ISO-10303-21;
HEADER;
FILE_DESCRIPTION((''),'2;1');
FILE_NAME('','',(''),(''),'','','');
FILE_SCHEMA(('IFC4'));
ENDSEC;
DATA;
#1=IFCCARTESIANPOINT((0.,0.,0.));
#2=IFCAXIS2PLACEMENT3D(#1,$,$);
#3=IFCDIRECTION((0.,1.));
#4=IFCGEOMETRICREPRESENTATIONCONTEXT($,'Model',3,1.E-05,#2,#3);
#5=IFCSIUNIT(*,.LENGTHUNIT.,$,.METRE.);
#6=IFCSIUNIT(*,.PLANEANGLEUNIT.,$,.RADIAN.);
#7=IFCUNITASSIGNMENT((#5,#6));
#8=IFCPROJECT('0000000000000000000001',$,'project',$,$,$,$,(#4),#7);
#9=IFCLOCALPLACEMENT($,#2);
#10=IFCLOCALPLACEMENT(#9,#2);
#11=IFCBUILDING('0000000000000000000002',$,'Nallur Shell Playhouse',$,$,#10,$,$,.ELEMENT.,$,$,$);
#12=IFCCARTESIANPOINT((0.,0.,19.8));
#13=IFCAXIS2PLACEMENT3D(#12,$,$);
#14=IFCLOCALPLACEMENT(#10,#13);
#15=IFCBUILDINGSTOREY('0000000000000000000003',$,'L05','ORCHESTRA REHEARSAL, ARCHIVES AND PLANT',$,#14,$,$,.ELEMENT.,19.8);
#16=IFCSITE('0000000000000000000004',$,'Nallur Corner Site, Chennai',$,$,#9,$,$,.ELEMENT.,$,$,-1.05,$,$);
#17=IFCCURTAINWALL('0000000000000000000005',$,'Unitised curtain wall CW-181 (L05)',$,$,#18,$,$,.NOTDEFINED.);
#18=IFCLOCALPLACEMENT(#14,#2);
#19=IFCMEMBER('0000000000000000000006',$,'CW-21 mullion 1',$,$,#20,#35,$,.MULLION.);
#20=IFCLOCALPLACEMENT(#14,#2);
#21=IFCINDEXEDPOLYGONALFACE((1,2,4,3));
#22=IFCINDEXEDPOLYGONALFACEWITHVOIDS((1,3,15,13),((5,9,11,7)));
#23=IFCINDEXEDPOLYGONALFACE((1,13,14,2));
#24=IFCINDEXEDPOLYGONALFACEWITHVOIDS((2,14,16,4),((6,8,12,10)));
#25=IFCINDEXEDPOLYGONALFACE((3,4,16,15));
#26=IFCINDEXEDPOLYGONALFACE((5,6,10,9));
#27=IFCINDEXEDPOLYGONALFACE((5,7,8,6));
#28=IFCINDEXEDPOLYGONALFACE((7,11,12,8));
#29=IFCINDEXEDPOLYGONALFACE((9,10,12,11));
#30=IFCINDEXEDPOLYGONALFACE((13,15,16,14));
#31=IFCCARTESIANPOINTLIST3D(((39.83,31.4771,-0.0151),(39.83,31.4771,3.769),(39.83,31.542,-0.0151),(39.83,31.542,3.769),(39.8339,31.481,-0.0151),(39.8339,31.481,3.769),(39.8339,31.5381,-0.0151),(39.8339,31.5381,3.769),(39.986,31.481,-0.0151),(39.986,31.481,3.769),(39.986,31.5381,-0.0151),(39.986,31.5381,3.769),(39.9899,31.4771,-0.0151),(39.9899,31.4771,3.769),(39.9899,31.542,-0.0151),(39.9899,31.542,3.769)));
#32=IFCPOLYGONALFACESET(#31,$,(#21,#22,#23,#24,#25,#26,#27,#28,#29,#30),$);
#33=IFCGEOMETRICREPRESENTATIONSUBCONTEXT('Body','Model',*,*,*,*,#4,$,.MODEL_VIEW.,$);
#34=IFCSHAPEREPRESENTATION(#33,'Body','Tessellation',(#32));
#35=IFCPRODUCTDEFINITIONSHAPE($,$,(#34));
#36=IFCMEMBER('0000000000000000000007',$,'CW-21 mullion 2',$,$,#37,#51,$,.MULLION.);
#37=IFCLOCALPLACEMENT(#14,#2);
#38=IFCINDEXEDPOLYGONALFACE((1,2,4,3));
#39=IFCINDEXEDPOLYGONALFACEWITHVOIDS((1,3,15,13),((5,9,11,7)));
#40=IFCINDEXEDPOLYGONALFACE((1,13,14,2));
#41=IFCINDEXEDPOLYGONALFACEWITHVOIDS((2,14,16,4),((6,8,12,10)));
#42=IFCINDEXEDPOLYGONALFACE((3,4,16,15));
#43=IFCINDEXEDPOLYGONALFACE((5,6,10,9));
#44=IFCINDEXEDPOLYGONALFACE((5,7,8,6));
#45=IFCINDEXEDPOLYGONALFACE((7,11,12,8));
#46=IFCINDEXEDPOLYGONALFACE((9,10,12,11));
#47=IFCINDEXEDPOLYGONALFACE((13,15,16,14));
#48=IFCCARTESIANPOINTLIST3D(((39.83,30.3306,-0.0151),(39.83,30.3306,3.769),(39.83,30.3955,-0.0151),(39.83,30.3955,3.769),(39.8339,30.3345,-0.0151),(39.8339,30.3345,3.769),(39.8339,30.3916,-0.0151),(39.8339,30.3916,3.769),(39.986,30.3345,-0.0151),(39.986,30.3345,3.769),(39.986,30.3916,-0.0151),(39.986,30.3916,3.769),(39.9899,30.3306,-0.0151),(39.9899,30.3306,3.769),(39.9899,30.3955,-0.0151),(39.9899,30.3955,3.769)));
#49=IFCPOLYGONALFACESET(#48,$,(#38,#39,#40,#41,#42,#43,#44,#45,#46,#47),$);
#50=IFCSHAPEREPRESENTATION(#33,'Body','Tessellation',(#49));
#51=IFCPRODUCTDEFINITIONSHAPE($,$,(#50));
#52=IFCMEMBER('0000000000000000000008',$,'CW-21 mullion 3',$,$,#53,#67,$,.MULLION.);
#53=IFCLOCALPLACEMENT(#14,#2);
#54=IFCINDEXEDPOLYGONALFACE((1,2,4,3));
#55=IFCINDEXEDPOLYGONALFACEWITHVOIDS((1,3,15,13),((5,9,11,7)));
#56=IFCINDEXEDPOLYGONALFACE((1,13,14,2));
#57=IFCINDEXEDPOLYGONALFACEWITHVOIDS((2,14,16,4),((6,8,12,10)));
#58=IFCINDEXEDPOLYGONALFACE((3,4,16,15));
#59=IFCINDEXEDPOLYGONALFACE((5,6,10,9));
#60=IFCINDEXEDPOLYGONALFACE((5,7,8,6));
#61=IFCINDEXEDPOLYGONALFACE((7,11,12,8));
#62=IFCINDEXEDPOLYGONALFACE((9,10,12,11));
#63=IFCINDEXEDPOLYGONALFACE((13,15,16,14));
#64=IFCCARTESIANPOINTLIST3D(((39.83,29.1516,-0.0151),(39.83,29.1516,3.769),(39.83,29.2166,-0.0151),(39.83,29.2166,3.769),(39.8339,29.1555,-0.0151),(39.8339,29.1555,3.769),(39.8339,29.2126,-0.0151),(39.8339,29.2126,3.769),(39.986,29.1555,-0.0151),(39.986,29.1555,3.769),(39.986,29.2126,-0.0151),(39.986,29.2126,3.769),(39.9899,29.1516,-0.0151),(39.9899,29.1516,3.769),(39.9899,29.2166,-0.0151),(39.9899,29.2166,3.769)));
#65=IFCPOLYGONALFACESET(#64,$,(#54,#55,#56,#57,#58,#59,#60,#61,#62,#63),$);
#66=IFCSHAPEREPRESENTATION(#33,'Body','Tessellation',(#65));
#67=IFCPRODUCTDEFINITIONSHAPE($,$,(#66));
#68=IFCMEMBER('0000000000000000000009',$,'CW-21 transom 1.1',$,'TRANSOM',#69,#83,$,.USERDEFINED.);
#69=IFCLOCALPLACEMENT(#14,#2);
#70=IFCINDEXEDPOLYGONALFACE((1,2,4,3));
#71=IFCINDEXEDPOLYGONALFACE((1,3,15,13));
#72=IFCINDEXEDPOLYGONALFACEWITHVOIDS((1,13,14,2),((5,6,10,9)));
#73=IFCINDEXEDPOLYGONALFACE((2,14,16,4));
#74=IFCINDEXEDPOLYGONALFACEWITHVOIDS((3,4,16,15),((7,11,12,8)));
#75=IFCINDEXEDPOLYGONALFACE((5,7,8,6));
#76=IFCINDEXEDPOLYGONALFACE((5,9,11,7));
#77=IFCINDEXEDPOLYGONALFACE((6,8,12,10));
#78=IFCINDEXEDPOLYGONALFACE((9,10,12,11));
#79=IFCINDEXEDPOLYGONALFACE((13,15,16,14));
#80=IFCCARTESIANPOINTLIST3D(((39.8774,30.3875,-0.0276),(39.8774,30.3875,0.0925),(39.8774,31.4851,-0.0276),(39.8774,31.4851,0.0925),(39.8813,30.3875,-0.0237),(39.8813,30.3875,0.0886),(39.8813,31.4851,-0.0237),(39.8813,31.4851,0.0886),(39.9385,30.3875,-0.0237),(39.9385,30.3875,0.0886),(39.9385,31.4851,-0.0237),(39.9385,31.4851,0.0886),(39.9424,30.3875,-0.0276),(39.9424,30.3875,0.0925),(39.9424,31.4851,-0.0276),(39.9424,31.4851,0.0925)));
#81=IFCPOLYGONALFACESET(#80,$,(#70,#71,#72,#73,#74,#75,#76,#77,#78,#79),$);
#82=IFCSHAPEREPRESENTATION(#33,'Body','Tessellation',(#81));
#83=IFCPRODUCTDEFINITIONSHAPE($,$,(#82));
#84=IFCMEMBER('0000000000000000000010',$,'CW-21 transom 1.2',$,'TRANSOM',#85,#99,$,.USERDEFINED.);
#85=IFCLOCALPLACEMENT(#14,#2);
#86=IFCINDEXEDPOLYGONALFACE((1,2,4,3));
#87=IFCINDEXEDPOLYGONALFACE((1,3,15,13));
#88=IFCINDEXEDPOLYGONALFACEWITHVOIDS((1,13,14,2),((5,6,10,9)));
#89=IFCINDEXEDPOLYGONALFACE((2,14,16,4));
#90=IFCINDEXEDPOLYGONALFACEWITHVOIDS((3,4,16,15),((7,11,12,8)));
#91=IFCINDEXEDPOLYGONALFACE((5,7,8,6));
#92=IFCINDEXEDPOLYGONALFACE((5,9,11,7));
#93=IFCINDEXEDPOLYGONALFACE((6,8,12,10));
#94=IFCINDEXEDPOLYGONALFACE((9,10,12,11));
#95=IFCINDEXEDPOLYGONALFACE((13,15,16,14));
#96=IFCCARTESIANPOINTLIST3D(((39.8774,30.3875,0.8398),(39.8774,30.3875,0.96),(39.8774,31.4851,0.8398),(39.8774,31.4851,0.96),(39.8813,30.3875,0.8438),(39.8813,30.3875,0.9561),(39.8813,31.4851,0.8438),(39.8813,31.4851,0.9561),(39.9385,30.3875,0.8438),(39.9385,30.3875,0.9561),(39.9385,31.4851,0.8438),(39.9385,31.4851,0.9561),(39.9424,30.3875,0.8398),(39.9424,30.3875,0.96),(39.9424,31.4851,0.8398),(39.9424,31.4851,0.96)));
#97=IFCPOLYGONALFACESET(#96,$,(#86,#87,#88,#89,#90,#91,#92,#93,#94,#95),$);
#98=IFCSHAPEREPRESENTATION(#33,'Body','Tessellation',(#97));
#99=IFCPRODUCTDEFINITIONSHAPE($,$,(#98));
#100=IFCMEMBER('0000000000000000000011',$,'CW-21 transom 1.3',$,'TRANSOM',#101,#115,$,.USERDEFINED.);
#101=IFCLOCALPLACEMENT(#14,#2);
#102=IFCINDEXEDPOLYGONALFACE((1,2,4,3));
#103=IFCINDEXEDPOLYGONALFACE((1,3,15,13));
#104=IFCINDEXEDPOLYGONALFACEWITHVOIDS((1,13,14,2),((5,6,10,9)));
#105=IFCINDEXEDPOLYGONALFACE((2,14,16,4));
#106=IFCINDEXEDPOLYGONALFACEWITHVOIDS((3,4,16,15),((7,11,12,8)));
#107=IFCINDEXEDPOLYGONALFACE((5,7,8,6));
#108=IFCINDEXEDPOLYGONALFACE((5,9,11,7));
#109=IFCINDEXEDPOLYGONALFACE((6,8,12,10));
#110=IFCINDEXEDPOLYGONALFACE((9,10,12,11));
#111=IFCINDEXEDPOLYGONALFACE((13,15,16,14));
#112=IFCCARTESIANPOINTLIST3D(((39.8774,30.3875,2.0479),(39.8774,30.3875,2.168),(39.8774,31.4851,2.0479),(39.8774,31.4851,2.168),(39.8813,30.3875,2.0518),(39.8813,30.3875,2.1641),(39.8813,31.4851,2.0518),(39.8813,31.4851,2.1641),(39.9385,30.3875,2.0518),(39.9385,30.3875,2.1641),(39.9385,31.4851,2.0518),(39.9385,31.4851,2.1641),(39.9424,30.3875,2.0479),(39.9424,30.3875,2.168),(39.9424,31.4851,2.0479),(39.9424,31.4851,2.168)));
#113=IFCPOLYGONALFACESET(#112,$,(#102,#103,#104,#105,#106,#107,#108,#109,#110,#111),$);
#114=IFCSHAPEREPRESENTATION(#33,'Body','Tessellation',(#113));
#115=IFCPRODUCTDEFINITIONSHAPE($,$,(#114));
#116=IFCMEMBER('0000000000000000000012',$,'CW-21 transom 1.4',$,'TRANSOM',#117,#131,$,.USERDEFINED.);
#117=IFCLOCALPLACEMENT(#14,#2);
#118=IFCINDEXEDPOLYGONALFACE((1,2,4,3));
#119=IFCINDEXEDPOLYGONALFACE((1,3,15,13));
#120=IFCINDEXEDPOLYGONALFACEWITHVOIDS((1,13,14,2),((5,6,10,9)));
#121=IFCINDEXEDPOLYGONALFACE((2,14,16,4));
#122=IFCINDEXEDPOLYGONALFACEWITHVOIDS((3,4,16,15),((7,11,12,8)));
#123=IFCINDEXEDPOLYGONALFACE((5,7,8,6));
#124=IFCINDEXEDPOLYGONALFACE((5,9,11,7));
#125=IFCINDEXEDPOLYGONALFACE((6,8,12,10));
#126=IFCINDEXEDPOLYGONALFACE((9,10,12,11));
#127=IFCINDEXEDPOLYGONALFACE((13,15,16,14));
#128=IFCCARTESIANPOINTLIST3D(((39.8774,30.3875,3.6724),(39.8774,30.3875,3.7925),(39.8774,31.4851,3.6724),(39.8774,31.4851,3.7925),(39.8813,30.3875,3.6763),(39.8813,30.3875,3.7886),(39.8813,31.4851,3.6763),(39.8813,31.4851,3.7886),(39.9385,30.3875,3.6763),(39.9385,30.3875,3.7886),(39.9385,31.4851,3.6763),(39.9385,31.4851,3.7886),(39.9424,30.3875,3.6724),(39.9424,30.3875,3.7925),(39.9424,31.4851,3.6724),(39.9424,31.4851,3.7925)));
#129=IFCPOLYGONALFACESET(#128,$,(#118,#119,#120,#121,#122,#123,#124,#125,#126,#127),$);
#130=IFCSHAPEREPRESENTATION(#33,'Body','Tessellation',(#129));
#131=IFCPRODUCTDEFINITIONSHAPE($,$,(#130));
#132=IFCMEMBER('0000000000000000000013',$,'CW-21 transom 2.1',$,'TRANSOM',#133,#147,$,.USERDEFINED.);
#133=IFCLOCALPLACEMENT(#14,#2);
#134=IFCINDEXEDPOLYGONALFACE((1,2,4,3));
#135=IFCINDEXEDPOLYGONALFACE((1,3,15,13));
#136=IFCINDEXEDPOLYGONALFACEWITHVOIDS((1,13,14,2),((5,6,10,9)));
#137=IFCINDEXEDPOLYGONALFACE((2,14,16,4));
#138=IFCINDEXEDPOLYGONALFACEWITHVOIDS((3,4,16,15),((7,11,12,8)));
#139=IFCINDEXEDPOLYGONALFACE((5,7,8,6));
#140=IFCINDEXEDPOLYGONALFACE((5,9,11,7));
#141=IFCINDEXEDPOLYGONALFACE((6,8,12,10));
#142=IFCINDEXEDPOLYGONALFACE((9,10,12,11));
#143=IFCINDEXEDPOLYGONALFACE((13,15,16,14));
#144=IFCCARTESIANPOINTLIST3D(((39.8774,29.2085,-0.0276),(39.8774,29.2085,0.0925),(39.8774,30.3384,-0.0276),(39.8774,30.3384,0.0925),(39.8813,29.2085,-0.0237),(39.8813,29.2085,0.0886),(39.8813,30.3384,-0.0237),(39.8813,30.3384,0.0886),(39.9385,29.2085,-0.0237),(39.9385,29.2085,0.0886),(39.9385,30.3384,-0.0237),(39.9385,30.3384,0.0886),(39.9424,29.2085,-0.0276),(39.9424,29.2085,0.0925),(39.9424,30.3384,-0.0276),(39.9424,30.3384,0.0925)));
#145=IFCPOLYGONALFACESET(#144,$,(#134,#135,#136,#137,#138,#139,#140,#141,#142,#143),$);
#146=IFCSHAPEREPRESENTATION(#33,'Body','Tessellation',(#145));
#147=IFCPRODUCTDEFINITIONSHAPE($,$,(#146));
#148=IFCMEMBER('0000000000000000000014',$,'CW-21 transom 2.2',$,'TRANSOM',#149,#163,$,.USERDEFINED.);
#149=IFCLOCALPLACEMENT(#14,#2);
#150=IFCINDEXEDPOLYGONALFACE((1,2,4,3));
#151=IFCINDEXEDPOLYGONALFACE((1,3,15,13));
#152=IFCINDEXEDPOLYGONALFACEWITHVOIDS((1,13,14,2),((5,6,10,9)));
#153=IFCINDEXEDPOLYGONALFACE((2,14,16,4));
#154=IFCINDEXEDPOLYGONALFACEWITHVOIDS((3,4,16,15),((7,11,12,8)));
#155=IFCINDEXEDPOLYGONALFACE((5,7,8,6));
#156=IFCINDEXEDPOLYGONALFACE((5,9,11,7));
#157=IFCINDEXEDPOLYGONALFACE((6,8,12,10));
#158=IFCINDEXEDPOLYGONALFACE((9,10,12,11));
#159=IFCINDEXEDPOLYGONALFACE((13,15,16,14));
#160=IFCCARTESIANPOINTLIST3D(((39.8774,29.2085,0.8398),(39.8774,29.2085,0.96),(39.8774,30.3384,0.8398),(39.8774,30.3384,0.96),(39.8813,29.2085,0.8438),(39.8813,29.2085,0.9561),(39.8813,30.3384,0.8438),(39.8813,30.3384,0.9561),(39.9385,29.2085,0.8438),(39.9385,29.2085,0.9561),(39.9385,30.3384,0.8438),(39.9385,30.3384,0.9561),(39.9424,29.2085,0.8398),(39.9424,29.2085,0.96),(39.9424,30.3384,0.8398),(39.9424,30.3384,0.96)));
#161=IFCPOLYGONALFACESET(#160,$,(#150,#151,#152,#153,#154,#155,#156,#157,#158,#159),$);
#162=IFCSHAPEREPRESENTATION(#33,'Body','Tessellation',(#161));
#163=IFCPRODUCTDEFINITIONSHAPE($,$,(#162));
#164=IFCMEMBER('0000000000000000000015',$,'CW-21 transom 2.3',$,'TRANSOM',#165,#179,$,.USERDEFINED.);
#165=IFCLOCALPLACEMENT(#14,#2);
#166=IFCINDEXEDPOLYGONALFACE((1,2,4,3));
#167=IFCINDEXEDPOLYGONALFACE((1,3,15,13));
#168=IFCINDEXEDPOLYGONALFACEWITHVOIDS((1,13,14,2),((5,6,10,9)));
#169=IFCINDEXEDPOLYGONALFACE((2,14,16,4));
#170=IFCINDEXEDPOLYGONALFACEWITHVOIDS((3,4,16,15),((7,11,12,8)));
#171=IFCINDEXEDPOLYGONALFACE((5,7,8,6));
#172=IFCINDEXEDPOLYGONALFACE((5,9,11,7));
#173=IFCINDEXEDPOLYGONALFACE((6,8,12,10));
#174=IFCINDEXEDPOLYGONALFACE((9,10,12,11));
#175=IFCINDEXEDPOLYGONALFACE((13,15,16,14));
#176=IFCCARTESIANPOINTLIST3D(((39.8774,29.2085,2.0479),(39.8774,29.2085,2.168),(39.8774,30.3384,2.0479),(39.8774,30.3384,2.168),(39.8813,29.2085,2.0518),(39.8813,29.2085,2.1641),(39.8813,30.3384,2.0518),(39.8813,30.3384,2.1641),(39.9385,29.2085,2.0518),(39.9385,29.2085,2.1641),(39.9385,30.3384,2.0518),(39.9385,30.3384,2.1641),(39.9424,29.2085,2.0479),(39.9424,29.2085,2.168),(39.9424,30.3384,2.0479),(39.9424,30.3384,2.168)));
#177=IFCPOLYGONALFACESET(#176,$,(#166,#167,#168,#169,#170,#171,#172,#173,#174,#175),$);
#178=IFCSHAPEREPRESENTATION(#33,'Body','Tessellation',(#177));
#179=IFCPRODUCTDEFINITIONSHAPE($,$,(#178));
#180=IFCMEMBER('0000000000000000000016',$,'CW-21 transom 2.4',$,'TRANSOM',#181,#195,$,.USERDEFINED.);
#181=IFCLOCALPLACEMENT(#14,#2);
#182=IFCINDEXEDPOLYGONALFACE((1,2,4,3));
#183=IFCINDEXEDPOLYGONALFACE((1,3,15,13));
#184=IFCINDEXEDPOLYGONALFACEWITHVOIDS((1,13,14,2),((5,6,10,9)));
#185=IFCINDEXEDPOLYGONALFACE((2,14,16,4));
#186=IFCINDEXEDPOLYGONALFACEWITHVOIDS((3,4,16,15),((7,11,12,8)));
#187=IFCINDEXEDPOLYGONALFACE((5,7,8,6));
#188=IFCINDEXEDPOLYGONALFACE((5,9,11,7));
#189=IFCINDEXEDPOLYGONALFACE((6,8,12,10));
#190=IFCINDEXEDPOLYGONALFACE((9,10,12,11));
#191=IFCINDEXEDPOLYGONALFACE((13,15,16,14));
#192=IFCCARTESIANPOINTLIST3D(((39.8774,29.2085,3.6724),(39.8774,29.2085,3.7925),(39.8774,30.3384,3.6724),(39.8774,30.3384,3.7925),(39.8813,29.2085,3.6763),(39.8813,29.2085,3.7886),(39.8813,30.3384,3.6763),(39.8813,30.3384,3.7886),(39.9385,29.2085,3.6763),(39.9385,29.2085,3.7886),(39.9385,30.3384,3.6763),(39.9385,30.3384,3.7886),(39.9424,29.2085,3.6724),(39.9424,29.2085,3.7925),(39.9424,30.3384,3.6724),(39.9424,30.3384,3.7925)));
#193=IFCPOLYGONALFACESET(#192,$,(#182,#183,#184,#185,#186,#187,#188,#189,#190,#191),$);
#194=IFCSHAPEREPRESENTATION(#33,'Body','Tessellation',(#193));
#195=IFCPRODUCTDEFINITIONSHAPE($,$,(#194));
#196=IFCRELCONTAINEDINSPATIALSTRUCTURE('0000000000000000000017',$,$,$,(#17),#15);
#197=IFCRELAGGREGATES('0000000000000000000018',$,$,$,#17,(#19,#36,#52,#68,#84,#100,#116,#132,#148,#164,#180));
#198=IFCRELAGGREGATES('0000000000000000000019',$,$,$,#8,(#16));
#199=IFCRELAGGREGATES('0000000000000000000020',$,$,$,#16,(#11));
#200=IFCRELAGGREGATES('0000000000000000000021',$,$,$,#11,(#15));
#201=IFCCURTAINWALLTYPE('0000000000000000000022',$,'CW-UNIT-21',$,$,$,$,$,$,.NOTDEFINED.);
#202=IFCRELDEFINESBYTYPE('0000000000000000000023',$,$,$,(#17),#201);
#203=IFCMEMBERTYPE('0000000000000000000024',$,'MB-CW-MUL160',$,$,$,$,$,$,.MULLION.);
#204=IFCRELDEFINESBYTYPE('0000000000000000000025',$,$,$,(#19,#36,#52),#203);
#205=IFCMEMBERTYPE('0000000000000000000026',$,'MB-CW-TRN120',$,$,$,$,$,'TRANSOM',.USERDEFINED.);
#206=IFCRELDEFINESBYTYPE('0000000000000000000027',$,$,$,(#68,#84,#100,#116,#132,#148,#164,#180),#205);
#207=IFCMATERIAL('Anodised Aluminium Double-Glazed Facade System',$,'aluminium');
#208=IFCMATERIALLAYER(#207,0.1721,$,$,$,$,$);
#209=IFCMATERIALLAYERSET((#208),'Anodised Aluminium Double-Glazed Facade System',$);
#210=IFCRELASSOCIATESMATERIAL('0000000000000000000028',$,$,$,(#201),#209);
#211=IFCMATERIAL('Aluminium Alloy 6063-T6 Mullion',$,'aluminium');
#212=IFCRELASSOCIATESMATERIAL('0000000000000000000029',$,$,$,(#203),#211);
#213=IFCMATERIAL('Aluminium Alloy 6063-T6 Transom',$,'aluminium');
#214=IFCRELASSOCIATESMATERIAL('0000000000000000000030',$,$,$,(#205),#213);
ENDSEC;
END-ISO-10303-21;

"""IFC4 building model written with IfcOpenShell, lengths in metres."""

from ifc_helpers import new_model, si_unit, direction, frame, origin, origin_2d, place, context, subcontext, project, spatial, hollow_rectangle, extrude, material, layer, layer_set, material_profile, profile_set, type_object, element, aggregate, save


model = new_model("IFC4")

# Units and contexts
model_context = context("Model", 3, precision=1e-05, world=origin(), true_north=direction((0.0, 1.0)))
body_context = subcontext(model_context, "Body", "Model", "MODEL_VIEW")
ifc_project = project(units=[si_unit("LENGTHUNIT", "METRE"), si_unit("PLANEANGLEUNIT", "RADIAN")], contexts=[model_context])

# Site, building, storey
site_placement = place(None, origin())
site = spatial("IfcSite", under=ifc_project, at=site_placement, Name="Nallur Corner Site, Chennai", CompositionType="ELEMENT", RefElevation=-1.05)
building_placement = place(site_placement, origin())
building = spatial("IfcBuilding", under=site, at=building_placement, Name="Nallur Shell Playhouse", CompositionType="ELEMENT")
storey_placement = place(building_placement, frame((0.0, 0.0, 19.8)))
storey = spatial("IfcBuildingStorey", under=building, at=storey_placement, Name="L05", Description="ORCHESTRA REHEARSAL, ARCHIVES AND PLANT", CompositionType="ELEMENT", Elevation=19.8)

# Curtain wall, members
ifc_material_1 = material(Name="Anodised Aluminium Double-Glazed Facade System", Category="aluminium")
ifc_layer_1 = layer(ifc_material_1, 0.1721)
ifc_layer_set_1 = layer_set([ifc_layer_1], Name="Anodised Aluminium Double-Glazed Facade System")
curtain_wall_type = type_object("IfcCurtainWallType", Name="CW-UNIT-21", PredefinedType="NOTDEFINED", material=ifc_layer_set_1)
curtain_wall_placement = place(storey_placement, origin())
curtain_wall = element("IfcCurtainWall", 1, at=curtain_wall_placement, inside=storey, type_object=curtain_wall_type, Name="Unitised curtain wall CW-181 (L05)", PredefinedType="NOTDEFINED")
ifc_material_2 = material(Name="Aluminium Alloy 6063-T6 Mullion", Category="aluminium")
ifc_material_profile_1 = material_profile(ifc_material_2, hollow_rectangle(XDim=0.0649, YDim=0.1599, WallThickness=0.0039, at=origin_2d()), Name="ALU 65x160x4")
ifc_profile_set_1 = profile_set([ifc_material_profile_1], Name="Aluminium Alloy 6063-T6 Mullion")
member_type_1 = type_object("IfcMemberType", Name="MB-CW-MUL160", PredefinedType="MULLION", material=ifc_profile_set_1)
member_1_placement = place(storey_placement, frame((39.9099, 31.5095, -0.0151), z_axis=(0.0, 0.0, 1.0), x_axis=(0.0, -1.0, 0.0)))
member_1 = element("IfcMember", 2, at=member_1_placement, type_object=member_type_1, Name="CW-21 mullion 1", PredefinedType="MULLION", context=body_context, shape_type="SweptSolid", body=[
    extrude(hollow_rectangle(XDim=0.0649, YDim=0.1599, WallThickness=0.0039, at=origin_2d()), origin(), (0.0, 0.0, 1.0), 3.7842),
])
member_2_placement = place(storey_placement, frame((39.9099, 30.363, -0.0151), z_axis=(0.0, 0.0, 1.0), x_axis=(0.0, -1.0, 0.0)))
member_2 = element("IfcMember", 3, at=member_2_placement, type_object=member_type_1, Name="CW-21 mullion 2", PredefinedType="MULLION", context=body_context, shape_type="SweptSolid", body=[
    extrude(hollow_rectangle(XDim=0.0649, YDim=0.1599, WallThickness=0.0039, at=origin_2d()), origin(), (0.0, 0.0, 1.0), 3.7842),
])
member_3_placement = place(storey_placement, frame((39.9099, 29.1841, -0.0151), z_axis=(0.0, 0.0, 1.0), x_axis=(0.0, -1.0, 0.0)))
member_3 = element("IfcMember", 4, at=member_3_placement, type_object=member_type_1, Name="CW-21 mullion 3", PredefinedType="MULLION", context=body_context, shape_type="SweptSolid", body=[
    extrude(hollow_rectangle(XDim=0.0649, YDim=0.1599, WallThickness=0.0039, at=origin_2d()), origin(), (0.0, 0.0, 1.0), 3.7842),
])
ifc_material_3 = material(Name="Aluminium Alloy 6063-T6 Transom", Category="aluminium")
ifc_material_profile_2 = material_profile(ifc_material_3, hollow_rectangle(XDim=0.0649, YDim=0.1201, WallThickness=0.0039, at=origin_2d()), Name="ALU 65x120x4")
ifc_profile_set_2 = profile_set([ifc_material_profile_2], Name="Aluminium Alloy 6063-T6 Transom")
member_type_2 = type_object("IfcMemberType", Name="MB-CW-TRN120", ElementType="TRANSOM", PredefinedType="USERDEFINED", material=ifc_profile_set_2)
member_4_placement = place(storey_placement, frame((39.9099, 31.4851, 0.0325), z_axis=(0.0, -1.0, 0.0), x_axis=(1.0, 0.0, 0.0)))
member_4 = element("IfcMember", 5, at=member_4_placement, type_object=member_type_2, Name="CW-21 transom 1.1", ObjectType="TRANSOM", PredefinedType="USERDEFINED", context=body_context, shape_type="SweptSolid", body=[
    extrude(hollow_rectangle(XDim=0.0649, YDim=0.1201, WallThickness=0.0039, at=origin_2d()), origin(), (0.0, 0.0, 1.0), 1.0977),
])
member_5_placement = place(storey_placement, frame((39.9099, 31.4851, 0.8999), z_axis=(0.0, -1.0, 0.0), x_axis=(1.0, 0.0, 0.0)))
member_5 = element("IfcMember", 6, at=member_5_placement, type_object=member_type_2, Name="CW-21 transom 1.2", ObjectType="TRANSOM", PredefinedType="USERDEFINED", context=body_context, shape_type="SweptSolid", body=[
    extrude(hollow_rectangle(XDim=0.0649, YDim=0.1201, WallThickness=0.0039, at=origin_2d()), origin(), (0.0, 0.0, 1.0), 1.0977),
])
member_6_placement = place(storey_placement, frame((39.9099, 31.4851, 2.1079), z_axis=(0.0, -1.0, 0.0), x_axis=(1.0, 0.0, 0.0)))
member_6 = element("IfcMember", 7, at=member_6_placement, type_object=member_type_2, Name="CW-21 transom 1.3", ObjectType="TRANSOM", PredefinedType="USERDEFINED", context=body_context, shape_type="SweptSolid", body=[
    extrude(hollow_rectangle(XDim=0.0649, YDim=0.1201, WallThickness=0.0039, at=origin_2d()), origin(), (0.0, 0.0, 1.0), 1.0977),
])
member_7_placement = place(storey_placement, frame((39.9099, 31.4851, 3.7324), z_axis=(0.0, -1.0, 0.0), x_axis=(1.0, 0.0, 0.0)))
member_7 = element("IfcMember", 8, at=member_7_placement, type_object=member_type_2, Name="CW-21 transom 1.4", ObjectType="TRANSOM", PredefinedType="USERDEFINED", context=body_context, shape_type="SweptSolid", body=[
    extrude(hollow_rectangle(XDim=0.0649, YDim=0.1201, WallThickness=0.0039, at=origin_2d()), origin(), (0.0, 0.0, 1.0), 1.0977),
])
member_8_placement = place(storey_placement, frame((39.9099, 30.3384, 0.0325), z_axis=(0.0, -1.0, 0.0), x_axis=(1.0, 0.0, 0.0)))
member_8 = element("IfcMember", 9, at=member_8_placement, type_object=member_type_2, Name="CW-21 transom 2.1", ObjectType="TRANSOM", PredefinedType="USERDEFINED", context=body_context, shape_type="SweptSolid", body=[
    extrude(hollow_rectangle(XDim=0.0649, YDim=0.1201, WallThickness=0.0039, at=origin_2d()), origin(), (0.0, 0.0, 1.0), 1.1299),
])
member_9_placement = place(storey_placement, frame((39.9099, 30.3384, 0.8999), z_axis=(0.0, -1.0, 0.0), x_axis=(1.0, 0.0, 0.0)))
member_9 = element("IfcMember", 10, at=member_9_placement, type_object=member_type_2, Name="CW-21 transom 2.2", ObjectType="TRANSOM", PredefinedType="USERDEFINED", context=body_context, shape_type="SweptSolid", body=[
    extrude(hollow_rectangle(XDim=0.0649, YDim=0.1201, WallThickness=0.0039, at=origin_2d()), origin(), (0.0, 0.0, 1.0), 1.1299),
])
member_10_placement = place(storey_placement, frame((39.9099, 30.3384, 2.1079), z_axis=(0.0, -1.0, 0.0), x_axis=(1.0, 0.0, 0.0)))
member_10 = element("IfcMember", 11, at=member_10_placement, type_object=member_type_2, Name="CW-21 transom 2.3", ObjectType="TRANSOM", PredefinedType="USERDEFINED", context=body_context, shape_type="SweptSolid", body=[
    extrude(hollow_rectangle(XDim=0.0649, YDim=0.1201, WallThickness=0.0039, at=origin_2d()), origin(), (0.0, 0.0, 1.0), 1.1299),
])
member_11_placement = place(storey_placement, frame((39.9099, 30.3384, 3.7324), z_axis=(0.0, -1.0, 0.0), x_axis=(1.0, 0.0, 0.0)))
member_11 = element("IfcMember", 12, at=member_11_placement, type_object=member_type_2, Name="CW-21 transom 2.4", ObjectType="TRANSOM", PredefinedType="USERDEFINED", context=body_context, shape_type="SweptSolid", body=[
    extrude(hollow_rectangle(XDim=0.0649, YDim=0.1201, WallThickness=0.0039, at=origin_2d()), origin(), (0.0, 0.0, 1.0), 1.1299),
])
aggregate(curtain_wall, [member_1, member_2, member_3, member_4, member_5, member_6, member_7, member_8, member_9, member_10, member_11])

save(model, "model.ifc")
